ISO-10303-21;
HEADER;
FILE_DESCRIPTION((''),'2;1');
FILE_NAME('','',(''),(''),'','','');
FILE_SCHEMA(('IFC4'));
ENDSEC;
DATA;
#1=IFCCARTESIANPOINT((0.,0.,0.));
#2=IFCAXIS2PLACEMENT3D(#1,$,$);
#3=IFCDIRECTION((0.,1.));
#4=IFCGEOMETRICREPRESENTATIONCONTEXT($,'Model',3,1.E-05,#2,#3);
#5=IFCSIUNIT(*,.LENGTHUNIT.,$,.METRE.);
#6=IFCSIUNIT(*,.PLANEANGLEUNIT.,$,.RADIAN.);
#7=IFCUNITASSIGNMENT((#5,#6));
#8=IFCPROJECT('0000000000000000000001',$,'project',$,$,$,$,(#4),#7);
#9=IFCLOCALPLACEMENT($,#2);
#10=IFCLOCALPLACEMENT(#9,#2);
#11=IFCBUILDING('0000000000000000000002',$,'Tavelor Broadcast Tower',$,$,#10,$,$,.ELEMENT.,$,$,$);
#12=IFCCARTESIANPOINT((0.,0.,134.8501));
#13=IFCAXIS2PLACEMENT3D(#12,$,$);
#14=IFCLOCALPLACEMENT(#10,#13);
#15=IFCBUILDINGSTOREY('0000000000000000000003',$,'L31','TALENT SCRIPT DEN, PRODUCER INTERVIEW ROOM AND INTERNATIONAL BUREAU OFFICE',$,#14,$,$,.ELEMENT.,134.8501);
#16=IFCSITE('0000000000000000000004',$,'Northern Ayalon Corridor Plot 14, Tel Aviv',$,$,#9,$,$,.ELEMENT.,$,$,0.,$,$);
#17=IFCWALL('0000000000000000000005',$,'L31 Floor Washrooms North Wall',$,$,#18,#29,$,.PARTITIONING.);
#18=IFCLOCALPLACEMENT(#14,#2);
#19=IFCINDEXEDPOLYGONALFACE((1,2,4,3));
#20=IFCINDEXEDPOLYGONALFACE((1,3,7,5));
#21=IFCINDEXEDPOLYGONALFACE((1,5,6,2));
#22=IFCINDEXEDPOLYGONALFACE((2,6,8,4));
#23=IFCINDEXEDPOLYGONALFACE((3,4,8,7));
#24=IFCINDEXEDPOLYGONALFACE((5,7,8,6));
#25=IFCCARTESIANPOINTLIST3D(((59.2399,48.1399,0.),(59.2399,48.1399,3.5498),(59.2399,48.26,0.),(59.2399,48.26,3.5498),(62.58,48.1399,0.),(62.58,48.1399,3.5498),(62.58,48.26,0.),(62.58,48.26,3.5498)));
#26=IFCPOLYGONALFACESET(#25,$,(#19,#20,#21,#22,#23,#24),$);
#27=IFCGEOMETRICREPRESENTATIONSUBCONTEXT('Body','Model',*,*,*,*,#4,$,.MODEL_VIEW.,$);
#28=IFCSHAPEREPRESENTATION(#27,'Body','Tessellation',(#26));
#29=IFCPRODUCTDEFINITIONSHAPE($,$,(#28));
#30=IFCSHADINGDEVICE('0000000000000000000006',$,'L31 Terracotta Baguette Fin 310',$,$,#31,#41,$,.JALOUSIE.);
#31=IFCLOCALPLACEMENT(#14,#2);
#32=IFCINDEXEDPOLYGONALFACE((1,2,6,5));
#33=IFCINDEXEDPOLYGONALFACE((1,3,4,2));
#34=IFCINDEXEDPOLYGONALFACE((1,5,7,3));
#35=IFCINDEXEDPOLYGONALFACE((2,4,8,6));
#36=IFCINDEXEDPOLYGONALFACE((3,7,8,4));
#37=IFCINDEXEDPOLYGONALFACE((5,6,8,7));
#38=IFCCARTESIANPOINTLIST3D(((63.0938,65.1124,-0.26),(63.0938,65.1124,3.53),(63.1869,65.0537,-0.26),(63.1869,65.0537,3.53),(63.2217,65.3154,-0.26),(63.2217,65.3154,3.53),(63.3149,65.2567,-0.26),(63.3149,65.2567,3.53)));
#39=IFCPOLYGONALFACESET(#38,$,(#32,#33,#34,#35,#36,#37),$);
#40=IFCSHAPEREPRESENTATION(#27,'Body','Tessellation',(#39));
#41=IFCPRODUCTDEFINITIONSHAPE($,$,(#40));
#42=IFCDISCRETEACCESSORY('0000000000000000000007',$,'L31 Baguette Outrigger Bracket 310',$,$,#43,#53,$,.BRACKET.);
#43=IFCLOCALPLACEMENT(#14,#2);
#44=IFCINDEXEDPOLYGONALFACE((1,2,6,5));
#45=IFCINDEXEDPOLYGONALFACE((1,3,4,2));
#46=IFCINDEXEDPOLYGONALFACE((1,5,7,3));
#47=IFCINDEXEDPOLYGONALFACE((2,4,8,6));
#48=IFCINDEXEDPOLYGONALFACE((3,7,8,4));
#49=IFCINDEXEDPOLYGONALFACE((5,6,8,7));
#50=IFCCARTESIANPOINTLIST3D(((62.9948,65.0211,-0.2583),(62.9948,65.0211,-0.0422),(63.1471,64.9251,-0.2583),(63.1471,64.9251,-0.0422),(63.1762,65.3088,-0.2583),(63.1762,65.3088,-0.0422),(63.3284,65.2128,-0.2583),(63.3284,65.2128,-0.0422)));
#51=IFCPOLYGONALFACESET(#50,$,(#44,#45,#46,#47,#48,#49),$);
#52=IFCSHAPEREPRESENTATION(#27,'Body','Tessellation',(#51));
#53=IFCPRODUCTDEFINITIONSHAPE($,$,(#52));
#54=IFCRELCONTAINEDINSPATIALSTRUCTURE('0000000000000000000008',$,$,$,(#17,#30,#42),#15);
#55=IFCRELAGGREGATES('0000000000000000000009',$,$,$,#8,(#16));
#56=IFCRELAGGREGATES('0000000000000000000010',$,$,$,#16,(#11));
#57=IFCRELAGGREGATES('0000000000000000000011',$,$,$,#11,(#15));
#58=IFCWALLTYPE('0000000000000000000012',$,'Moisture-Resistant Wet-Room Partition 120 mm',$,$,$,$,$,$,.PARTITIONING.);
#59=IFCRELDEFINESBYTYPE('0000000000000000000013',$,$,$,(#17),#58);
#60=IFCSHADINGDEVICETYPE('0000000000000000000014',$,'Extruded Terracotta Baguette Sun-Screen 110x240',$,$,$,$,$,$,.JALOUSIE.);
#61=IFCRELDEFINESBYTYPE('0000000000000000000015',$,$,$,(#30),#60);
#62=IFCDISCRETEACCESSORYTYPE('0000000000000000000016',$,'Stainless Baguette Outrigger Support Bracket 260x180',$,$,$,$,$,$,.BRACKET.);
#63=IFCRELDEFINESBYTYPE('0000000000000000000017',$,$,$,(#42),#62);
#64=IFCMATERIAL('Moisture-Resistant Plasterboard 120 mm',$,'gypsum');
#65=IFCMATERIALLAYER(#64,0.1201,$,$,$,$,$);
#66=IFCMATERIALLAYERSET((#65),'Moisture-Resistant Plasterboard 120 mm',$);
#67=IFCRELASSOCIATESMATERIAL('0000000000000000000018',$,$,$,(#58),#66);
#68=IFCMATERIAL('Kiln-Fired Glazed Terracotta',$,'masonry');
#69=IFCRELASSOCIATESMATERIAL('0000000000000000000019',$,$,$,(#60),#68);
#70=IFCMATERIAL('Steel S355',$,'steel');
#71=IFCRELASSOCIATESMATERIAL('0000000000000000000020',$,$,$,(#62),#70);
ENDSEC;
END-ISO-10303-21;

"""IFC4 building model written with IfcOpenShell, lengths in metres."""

from ifc_helpers import new_model, si_unit, direction, frame, frame_2d, origin, origin_2d, place, context, subcontext, project, spatial, rectangle, extrude, source, transform, mapped, material, layer, layer_set, type_object, type_shapes, element, save


model = new_model("IFC4")

# Units and contexts
model_context = context("Model", 3, precision=1e-05, world=origin(), true_north=direction((0.0, 1.0)))
body_context = subcontext(model_context, "Body", "Model", "MODEL_VIEW")
ifc_project = project(units=[si_unit("LENGTHUNIT", "METRE"), si_unit("PLANEANGLEUNIT", "RADIAN")], contexts=[model_context])

# Site, building, storey
site_placement = place(None, origin())
site = spatial("IfcSite", under=ifc_project, at=site_placement, Name="Northern Ayalon Corridor Plot 14, Tel Aviv", CompositionType="ELEMENT", RefElevation=0.0)
building_placement = place(site_placement, origin())
building = spatial("IfcBuilding", under=site, at=building_placement, Name="Tavelor Broadcast Tower", CompositionType="ELEMENT")
storey_placement = place(building_placement, frame((0.0, 0.0, 134.8501)))
storey = spatial("IfcBuildingStorey", under=building, at=storey_placement, Name="L31", Description="TALENT SCRIPT DEN, PRODUCER INTERVIEW ROOM AND INTERNATIONAL BUREAU OFFICE", CompositionType="ELEMENT", Elevation=134.8501)

# Shared definitions
ifc_material_1 = material(Name="Steel S355", Category="steel")

# Wall
ifc_material_2 = material(Name="Moisture-Resistant Plasterboard 120 mm", Category="gypsum")
ifc_layer_1 = layer(ifc_material_2, 0.1201)
ifc_layer_set_1 = layer_set([ifc_layer_1], Name="Moisture-Resistant Plasterboard 120 mm")
wall_type_1 = type_object("IfcWallType", Name="Moisture-Resistant Wet-Room Partition 120 mm", PredefinedType="PARTITIONING", material=ifc_layer_set_1)
for number, where, z_axis, x_axis, name in (
    (1, (59.24, 48.2, 0.0), (0.0, 0.0, 1.0), (1.0, 0.0, 0.0), "L31 Floor Washrooms North Wall"),
):
    element("IfcWall", number, at=place(storey_placement, frame(where, z_axis=z_axis, x_axis=x_axis)), inside=storey, type_object=wall_type_1, Name=name, PredefinedType="PARTITIONING", context=body_context, shape_type="SweptSolid", body=[
        extrude(rectangle(XDim=3.3401, YDim=0.1201, at=frame_2d((1.6699, 0.0))), origin(), (0.0, 0.0, 1.0), 3.5498),
    ])

# Shading device
ifc_material_3 = material(Name="Kiln-Fired Glazed Terracotta", Category="masonry")
shading_device_type = type_object("IfcShadingDeviceType", Name="Extruded Terracotta Baguette Sun-Screen 110x240", PredefinedType="JALOUSIE", material=ifc_material_3)
shared_shape_1 = source(origin(), body_context, "Body", "SweptSolid", [
    extrude(rectangle(XDim=0.1101, YDim=0.24, at=origin_2d()), origin(), (0.0, 0.0, 1.0), 3.79),
])
type_shapes(shading_device_type, [shared_shape_1])
shading_device_placement = place(storey_placement, frame((63.2043, 65.1846, -0.26), z_axis=(0.0, 0.0, 1.0), x_axis=(-0.846007, 0.533172, 0.0)))
element("IfcShadingDevice", 2, at=shading_device_placement, inside=storey, type_object=shading_device_type, Name="L31 Terracotta Baguette Fin 310", PredefinedType="JALOUSIE", context=body_context, shape_type="MappedRepresentation", body=[
    mapped(shared_shape_1, transform((0.0, 0.0, 0.0), scale=1.0)),
])

# Discrete accessory
discrete_accessory_type = type_object("IfcDiscreteAccessoryType", Name="Stainless Baguette Outrigger Support Bracket 260x180", PredefinedType="BRACKET", material=ifc_material_1)
shared_shape_2 = source(origin(), body_context, "Body", "SweptSolid", [
    extrude(rectangle(XDim=0.1799, YDim=0.3401, at=origin_2d()), origin(), (0.0, 0.0, 1.0), 0.2161),
])
type_shapes(discrete_accessory_type, [shared_shape_2])
discrete_accessory_placement = place(storey_placement, frame((63.1616, 65.1169, -0.2583), z_axis=(0.0, 0.0, 1.0), x_axis=(-0.846007, 0.533172, 0.0)))
element("IfcDiscreteAccessory", 3, at=discrete_accessory_placement, inside=storey, type_object=discrete_accessory_type, Name="L31 Baguette Outrigger Bracket 310", PredefinedType="BRACKET", context=body_context, shape_type="MappedRepresentation", body=[
    mapped(shared_shape_2, transform((0.0, 0.0, 0.0), scale=1.0)),
])

save(model, "model.ifc")
